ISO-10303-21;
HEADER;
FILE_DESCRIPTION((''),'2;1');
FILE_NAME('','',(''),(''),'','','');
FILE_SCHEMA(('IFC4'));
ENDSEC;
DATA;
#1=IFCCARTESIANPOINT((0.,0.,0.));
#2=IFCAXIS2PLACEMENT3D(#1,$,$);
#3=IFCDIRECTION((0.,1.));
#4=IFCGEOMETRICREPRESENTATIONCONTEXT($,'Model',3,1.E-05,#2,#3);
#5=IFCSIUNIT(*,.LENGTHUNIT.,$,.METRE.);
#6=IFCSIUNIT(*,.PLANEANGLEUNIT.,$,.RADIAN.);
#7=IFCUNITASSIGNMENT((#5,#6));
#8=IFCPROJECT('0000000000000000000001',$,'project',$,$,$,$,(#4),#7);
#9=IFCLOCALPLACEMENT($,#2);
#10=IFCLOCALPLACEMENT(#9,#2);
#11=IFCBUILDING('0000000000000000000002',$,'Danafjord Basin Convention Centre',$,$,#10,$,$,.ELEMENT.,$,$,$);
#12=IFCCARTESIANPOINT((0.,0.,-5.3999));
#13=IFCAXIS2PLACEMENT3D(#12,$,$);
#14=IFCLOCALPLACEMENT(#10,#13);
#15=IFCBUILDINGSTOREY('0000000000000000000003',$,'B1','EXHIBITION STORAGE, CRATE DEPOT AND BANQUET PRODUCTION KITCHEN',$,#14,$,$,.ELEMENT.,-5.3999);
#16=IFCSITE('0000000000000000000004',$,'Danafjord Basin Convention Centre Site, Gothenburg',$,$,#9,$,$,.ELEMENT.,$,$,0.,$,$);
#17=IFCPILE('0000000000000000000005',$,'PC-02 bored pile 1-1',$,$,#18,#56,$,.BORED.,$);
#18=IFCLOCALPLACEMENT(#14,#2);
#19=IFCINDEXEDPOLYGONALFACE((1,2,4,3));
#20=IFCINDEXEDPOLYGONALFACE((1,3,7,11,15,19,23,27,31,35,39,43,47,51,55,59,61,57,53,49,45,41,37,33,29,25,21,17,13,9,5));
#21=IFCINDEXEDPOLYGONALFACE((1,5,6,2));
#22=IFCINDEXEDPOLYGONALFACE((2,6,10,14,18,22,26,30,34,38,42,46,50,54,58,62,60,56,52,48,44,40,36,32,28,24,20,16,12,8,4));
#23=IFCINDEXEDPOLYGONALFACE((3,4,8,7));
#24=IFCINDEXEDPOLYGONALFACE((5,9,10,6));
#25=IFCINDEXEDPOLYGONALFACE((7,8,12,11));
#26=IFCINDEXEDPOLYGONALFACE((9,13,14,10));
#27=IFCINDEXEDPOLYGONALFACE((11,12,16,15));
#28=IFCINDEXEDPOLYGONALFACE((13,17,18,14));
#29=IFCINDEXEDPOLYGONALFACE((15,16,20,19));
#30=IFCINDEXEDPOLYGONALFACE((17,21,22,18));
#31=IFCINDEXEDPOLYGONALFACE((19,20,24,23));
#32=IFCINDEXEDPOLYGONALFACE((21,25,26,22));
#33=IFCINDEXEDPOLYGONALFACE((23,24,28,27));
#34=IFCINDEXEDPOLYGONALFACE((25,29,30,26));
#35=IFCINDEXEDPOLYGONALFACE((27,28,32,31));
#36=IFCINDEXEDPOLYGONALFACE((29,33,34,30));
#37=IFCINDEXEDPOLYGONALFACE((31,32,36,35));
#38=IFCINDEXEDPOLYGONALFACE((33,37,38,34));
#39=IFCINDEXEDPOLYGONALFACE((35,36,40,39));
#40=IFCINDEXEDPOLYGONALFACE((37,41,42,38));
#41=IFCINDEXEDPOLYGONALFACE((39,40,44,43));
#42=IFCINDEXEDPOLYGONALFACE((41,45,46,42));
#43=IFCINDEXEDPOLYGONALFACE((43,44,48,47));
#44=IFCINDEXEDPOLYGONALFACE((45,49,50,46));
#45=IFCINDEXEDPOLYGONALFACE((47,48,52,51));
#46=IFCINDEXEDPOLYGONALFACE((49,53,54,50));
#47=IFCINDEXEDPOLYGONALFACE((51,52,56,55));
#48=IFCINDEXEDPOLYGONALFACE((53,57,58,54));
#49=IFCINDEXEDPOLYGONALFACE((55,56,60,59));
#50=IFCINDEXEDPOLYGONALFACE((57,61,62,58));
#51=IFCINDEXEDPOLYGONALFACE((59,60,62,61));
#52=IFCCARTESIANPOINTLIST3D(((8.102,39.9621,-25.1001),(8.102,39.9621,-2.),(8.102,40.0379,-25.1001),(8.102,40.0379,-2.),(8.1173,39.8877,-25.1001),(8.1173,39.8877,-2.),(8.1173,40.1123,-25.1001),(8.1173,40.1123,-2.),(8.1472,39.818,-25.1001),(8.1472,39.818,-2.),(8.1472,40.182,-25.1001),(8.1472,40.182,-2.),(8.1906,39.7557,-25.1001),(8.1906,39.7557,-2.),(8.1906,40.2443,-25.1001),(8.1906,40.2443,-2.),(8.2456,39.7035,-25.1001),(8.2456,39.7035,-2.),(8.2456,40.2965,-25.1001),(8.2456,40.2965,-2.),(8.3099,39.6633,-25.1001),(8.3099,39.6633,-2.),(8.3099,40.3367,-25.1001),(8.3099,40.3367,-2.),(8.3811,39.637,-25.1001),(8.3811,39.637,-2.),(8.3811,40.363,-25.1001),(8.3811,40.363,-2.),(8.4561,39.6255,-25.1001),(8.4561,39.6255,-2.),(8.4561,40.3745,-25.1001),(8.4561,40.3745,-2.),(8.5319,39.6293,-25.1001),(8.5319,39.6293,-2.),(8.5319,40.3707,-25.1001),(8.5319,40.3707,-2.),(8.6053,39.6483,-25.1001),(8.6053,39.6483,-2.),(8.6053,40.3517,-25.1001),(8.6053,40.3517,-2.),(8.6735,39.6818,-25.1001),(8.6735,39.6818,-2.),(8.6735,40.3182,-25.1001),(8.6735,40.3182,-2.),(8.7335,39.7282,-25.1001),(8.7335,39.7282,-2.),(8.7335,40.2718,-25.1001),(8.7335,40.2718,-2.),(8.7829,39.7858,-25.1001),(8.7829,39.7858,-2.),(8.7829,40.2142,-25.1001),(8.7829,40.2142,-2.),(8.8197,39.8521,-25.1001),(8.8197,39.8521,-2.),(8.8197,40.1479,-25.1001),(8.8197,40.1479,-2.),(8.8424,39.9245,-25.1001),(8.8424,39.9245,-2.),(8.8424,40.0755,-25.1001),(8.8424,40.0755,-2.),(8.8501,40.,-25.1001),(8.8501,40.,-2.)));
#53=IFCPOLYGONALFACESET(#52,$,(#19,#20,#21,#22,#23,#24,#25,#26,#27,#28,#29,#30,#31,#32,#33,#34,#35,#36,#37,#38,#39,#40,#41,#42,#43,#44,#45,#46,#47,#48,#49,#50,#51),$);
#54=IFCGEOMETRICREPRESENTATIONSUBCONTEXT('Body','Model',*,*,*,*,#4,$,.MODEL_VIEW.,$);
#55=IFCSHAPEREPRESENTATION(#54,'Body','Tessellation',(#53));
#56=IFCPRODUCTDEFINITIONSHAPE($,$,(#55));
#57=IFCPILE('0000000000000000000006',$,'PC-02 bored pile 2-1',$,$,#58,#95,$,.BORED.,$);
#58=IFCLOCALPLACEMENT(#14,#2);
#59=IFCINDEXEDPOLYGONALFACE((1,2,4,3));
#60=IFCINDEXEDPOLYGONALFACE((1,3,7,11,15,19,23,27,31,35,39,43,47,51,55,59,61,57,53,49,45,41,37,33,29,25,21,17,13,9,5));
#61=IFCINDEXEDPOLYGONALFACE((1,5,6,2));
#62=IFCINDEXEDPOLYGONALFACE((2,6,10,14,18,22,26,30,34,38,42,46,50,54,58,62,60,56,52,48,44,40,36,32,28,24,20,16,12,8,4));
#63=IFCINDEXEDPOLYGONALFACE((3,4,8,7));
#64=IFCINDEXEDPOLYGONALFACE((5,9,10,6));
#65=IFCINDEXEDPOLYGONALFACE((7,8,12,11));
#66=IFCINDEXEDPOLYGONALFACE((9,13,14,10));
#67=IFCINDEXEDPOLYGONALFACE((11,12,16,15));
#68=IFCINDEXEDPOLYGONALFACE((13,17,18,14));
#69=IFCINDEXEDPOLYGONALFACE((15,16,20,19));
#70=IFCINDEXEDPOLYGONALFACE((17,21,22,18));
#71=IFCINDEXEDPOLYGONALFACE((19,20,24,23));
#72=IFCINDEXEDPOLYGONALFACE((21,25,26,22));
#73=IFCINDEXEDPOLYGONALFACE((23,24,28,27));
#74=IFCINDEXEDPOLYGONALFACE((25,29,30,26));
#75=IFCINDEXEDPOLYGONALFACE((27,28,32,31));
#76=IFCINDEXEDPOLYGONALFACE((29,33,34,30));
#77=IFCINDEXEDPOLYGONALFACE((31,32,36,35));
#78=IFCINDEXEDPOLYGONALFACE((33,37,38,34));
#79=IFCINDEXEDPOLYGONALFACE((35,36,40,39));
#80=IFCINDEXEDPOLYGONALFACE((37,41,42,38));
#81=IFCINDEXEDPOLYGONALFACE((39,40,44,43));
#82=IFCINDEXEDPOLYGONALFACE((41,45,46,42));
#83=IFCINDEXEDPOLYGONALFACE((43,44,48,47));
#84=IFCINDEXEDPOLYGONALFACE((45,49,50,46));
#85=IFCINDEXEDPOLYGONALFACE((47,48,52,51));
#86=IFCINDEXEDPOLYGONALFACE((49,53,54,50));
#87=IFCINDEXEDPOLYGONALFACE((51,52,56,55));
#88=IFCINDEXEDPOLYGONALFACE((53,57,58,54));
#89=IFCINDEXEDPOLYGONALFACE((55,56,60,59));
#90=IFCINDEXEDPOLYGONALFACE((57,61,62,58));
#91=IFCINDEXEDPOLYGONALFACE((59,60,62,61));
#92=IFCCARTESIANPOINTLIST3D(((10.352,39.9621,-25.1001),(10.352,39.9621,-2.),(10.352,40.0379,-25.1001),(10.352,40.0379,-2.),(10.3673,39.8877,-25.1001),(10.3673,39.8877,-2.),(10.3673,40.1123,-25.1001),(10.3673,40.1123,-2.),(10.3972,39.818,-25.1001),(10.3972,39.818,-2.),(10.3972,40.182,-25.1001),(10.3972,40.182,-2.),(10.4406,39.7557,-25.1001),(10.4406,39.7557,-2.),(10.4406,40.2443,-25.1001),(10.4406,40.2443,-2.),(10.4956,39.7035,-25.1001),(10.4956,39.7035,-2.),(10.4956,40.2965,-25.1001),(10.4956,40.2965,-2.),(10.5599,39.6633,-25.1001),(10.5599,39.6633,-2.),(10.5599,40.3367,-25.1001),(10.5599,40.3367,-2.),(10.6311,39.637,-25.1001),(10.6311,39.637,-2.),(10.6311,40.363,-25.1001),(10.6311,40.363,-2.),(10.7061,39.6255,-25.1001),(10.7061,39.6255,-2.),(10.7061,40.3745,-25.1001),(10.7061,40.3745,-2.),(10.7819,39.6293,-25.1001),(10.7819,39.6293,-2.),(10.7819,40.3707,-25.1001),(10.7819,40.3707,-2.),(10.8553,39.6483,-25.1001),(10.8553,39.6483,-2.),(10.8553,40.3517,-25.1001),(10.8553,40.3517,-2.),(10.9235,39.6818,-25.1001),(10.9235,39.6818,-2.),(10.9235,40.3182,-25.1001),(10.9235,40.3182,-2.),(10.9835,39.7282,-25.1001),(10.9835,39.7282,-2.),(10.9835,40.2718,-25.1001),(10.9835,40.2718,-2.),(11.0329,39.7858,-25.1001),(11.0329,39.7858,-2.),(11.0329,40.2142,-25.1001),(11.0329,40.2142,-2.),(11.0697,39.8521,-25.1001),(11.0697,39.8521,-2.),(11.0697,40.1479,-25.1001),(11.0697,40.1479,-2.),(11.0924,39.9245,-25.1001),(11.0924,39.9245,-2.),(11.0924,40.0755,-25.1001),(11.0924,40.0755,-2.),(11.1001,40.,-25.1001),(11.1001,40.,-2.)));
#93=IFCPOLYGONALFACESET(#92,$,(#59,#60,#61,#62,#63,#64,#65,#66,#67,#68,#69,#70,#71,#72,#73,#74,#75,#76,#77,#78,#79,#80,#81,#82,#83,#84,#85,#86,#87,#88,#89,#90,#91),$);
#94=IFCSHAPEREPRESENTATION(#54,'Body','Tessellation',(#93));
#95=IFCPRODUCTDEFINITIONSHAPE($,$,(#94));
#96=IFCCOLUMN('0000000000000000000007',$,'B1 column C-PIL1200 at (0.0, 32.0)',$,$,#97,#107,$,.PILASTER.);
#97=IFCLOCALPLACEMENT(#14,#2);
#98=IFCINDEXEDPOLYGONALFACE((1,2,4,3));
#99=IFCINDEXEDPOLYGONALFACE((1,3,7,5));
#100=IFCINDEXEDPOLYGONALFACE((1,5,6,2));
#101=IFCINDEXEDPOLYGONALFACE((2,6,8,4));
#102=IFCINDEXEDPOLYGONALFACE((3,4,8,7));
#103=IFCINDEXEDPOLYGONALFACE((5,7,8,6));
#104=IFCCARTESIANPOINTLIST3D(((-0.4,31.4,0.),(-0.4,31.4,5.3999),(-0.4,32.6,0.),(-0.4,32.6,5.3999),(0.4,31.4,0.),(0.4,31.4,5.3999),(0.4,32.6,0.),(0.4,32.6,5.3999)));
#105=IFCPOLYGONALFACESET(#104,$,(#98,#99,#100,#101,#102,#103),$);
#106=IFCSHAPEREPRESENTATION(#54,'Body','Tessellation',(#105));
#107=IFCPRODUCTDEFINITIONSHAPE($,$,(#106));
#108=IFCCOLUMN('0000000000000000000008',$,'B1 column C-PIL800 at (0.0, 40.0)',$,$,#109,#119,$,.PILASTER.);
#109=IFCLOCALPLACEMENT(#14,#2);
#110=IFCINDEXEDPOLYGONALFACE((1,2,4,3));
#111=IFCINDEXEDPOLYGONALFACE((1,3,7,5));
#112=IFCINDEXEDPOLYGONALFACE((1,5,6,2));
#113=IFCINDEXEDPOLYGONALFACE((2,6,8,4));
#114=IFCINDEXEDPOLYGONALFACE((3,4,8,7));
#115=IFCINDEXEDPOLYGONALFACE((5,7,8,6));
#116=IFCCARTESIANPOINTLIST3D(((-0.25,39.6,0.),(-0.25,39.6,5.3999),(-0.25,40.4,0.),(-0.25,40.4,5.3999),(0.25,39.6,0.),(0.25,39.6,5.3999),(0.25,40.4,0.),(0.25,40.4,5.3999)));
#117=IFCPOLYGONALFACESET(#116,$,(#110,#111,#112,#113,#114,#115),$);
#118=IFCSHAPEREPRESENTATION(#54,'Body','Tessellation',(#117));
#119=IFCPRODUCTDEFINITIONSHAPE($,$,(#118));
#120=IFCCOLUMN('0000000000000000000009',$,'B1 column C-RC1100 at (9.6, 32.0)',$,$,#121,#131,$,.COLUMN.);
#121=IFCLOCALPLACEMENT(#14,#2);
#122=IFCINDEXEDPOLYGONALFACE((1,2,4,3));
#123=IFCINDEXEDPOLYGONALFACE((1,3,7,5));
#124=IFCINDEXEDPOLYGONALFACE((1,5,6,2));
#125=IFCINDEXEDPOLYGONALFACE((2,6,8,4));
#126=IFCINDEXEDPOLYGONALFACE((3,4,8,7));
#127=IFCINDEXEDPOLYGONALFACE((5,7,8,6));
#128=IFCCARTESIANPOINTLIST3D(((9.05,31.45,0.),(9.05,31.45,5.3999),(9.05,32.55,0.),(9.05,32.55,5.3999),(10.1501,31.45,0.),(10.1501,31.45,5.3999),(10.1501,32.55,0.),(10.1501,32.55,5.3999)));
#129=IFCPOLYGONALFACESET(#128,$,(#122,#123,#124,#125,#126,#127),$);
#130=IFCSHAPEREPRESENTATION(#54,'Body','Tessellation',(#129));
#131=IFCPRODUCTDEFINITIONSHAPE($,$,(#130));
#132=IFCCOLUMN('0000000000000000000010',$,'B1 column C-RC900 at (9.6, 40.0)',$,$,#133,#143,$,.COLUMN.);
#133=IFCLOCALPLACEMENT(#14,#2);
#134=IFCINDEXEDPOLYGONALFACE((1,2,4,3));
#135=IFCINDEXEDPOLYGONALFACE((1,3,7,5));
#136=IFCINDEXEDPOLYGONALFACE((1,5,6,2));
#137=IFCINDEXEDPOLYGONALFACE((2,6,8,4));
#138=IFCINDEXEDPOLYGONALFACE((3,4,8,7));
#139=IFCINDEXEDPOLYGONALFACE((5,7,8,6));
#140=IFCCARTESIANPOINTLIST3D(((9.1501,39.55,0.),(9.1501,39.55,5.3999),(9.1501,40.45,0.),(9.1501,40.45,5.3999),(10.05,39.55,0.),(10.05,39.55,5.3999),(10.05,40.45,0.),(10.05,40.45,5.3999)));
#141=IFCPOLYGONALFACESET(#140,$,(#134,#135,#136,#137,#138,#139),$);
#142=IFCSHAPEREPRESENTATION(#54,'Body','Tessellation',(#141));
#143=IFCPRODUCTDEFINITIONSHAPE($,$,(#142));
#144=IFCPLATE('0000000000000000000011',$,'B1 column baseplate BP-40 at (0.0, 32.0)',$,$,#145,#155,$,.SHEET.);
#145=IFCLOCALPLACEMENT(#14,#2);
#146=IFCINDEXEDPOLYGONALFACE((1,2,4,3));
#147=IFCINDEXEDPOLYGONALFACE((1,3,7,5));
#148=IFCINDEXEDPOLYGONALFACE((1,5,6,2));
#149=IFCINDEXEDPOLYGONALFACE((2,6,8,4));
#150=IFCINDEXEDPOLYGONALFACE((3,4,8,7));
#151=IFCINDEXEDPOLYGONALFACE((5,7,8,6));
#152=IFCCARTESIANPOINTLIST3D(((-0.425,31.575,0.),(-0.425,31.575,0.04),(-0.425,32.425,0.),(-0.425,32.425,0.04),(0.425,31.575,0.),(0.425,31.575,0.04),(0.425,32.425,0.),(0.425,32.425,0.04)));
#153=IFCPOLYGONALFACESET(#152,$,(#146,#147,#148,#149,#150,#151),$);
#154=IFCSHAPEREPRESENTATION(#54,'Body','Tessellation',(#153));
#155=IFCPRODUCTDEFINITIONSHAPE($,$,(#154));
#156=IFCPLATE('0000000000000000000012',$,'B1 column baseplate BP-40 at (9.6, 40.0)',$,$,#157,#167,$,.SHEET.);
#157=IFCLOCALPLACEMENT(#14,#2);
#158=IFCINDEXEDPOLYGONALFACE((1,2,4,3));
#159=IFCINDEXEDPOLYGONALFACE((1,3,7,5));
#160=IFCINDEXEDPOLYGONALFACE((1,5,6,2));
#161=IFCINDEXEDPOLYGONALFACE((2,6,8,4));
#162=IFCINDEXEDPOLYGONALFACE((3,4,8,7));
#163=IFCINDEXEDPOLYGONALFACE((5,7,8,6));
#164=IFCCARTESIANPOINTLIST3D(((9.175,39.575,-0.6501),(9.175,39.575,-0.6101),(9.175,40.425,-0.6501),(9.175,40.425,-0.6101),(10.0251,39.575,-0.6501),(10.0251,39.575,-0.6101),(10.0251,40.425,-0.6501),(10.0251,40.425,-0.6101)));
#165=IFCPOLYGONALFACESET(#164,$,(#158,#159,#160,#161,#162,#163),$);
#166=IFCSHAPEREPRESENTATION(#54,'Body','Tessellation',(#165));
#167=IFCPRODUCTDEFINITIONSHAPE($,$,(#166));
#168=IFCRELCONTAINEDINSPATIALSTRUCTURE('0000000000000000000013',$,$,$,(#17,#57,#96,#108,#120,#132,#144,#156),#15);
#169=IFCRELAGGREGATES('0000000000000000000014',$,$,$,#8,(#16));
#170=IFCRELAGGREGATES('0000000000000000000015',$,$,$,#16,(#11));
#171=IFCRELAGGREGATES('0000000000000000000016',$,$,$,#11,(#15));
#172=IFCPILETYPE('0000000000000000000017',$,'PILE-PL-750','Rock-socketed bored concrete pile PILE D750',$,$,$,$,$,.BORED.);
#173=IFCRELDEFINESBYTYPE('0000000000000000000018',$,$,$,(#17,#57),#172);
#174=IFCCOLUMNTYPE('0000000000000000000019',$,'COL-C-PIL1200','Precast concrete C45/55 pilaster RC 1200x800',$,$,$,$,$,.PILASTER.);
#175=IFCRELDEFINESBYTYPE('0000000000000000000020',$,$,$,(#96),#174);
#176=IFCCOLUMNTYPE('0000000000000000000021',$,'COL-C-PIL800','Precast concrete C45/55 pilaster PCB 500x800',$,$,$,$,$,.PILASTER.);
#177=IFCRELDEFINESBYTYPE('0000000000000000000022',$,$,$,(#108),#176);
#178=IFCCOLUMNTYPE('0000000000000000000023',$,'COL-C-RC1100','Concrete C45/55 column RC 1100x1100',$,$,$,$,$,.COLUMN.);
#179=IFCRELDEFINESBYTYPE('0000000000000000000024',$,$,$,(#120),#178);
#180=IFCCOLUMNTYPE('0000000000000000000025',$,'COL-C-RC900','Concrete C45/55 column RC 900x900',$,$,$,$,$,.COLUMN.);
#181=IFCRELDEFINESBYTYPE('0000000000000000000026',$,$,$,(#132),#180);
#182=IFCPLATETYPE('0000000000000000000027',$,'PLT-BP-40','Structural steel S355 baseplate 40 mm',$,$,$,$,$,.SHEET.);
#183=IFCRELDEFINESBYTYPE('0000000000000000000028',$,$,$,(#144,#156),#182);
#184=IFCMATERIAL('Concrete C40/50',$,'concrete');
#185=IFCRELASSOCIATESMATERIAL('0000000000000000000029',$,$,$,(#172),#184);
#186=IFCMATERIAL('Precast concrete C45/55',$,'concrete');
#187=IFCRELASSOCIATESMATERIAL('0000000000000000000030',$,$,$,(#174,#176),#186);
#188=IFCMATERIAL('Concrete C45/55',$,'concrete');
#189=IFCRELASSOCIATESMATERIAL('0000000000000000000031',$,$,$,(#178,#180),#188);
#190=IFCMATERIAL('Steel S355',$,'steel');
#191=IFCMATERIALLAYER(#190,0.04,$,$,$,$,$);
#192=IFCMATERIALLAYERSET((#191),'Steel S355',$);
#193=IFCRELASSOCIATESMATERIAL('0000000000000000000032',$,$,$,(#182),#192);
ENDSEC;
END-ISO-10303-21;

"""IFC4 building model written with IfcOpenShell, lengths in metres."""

from ifc_helpers import new_model, si_unit, direction, frame, origin, origin_2d, place, context, subcontext, project, spatial, rectangle, circle, extrude, material, layer, layer_set, material_profile, profile_set, type_object, element, save


model = new_model("IFC4")

# Units and contexts
model_context = context("Model", 3, precision=1e-05, world=origin(), true_north=direction((0.0, 1.0)))
body_context = subcontext(model_context, "Body", "Model", "MODEL_VIEW")
ifc_project = project(units=[si_unit("LENGTHUNIT", "METRE"), si_unit("PLANEANGLEUNIT", "RADIAN")], contexts=[model_context])

# Site, building, storey
site_placement = place(None, origin())
site = spatial("IfcSite", under=ifc_project, at=site_placement, Name="Danafjord Basin Convention Centre Site, Gothenburg", CompositionType="ELEMENT", RefElevation=0.0)
building_placement = place(site_placement, origin())
building = spatial("IfcBuilding", under=site, at=building_placement, Name="Danafjord Basin Convention Centre", CompositionType="ELEMENT")
storey_placement = place(building_placement, frame((0.0, 0.0, -5.3999)))
storey = spatial("IfcBuildingStorey", under=building, at=storey_placement, Name="B1", Description="EXHIBITION STORAGE, CRATE DEPOT AND BANQUET PRODUCTION KITCHEN", CompositionType="ELEMENT", Elevation=-5.3999)

# Shared definitions
ifc_material_1 = material(Name="Concrete C40/50", Category="concrete")

# Piles
ifc_material_profile_1 = material_profile(ifc_material_1, circle(Radius=0.375, at=origin_2d()), Name="PILE D750")
ifc_profile_set_1 = profile_set([ifc_material_profile_1], Name="Concrete C40/50")
pile_type_1 = type_object("IfcPileType", Name="PILE-PL-750", Description="Rock-socketed bored concrete pile PILE D750", PredefinedType="BORED", material=ifc_profile_set_1)
for number, where, z_axis, x_axis, name in (
    (1, (8.4751, 40.0, -2.0), (0.0, 0.0, -1.0), (1.0, 0.0, 0.0), "PC-02 bored pile 1-1"),
    (2, (10.7251, 40.0, -2.0), (0.0, 0.0, -1.0), (1.0, 0.0, 0.0), "PC-02 bored pile 2-1"),
):
    element("IfcPile", number, at=place(storey_placement, frame(where, z_axis=z_axis, x_axis=x_axis)), inside=storey, type_object=pile_type_1, Name=name, PredefinedType="BORED", context=body_context, shape_type="SweptSolid", body=[
        extrude(circle(Radius=0.375, at=origin_2d()), origin(), (0.0, 0.0, 1.0), 23.1001),
    ])

# Columns
ifc_material_2 = material(Name="Precast concrete C45/55", Category="concrete")
ifc_material_profile_2 = material_profile(ifc_material_2, rectangle(XDim=0.8, YDim=1.2, at=origin_2d()), Name="RC 1200x800")
ifc_profile_set_2 = profile_set([ifc_material_profile_2], Name="Precast concrete C45/55")
column_type_1 = type_object("IfcColumnType", Name="COL-C-PIL1200", Description="Precast concrete C45/55 pilaster RC 1200x800", PredefinedType="PILASTER", material=ifc_profile_set_2)
column_1_placement = place(storey_placement, frame((0.0, 32.0, 0.0), z_axis=(0.0, 0.0, 1.0), x_axis=(1.0, 0.0, 0.0)))
element("IfcColumn", 3, at=column_1_placement, inside=storey, type_object=column_type_1, Name="B1 column C-PIL1200 at (0.0, 32.0)", PredefinedType="PILASTER", context=body_context, shape_type="SweptSolid", body=[
    extrude(rectangle(XDim=0.8, YDim=1.2, at=origin_2d()), origin(), (0.0, 0.0, 1.0), 5.3999),
])
ifc_material_profile_3 = material_profile(ifc_material_2, rectangle(XDim=0.5, YDim=0.8, at=origin_2d()), Name="PCB 500x800")
ifc_profile_set_3 = profile_set([ifc_material_profile_3], Name="Precast concrete C45/55")
column_type_2 = type_object("IfcColumnType", Name="COL-C-PIL800", Description="Precast concrete C45/55 pilaster PCB 500x800", PredefinedType="PILASTER", material=ifc_profile_set_3)
column_2_placement = place(storey_placement, frame((0.0, 40.0, 0.0), z_axis=(0.0, 0.0, 1.0), x_axis=(1.0, 0.0, 0.0)))
element("IfcColumn", 4, at=column_2_placement, inside=storey, type_object=column_type_2, Name="B1 column C-PIL800 at (0.0, 40.0)", PredefinedType="PILASTER", context=body_context, shape_type="SweptSolid", body=[
    extrude(rectangle(XDim=0.5, YDim=0.8, at=origin_2d()), origin(), (0.0, 0.0, 1.0), 5.3999),
])
ifc_material_3 = material(Name="Concrete C45/55", Category="concrete")
ifc_material_profile_4 = material_profile(ifc_material_3, rectangle(XDim=1.1001, YDim=1.1001, at=origin_2d()), Name="RC 1100x1100")
ifc_profile_set_4 = profile_set([ifc_material_profile_4], Name="Concrete C45/55")
column_type_3 = type_object("IfcColumnType", Name="COL-C-RC1100", Description="Concrete C45/55 column RC 1100x1100", PredefinedType="COLUMN", material=ifc_profile_set_4)
column_3_placement = place(storey_placement, frame((9.6001, 32.0, 0.0), z_axis=(0.0, 0.0, 1.0), x_axis=(1.0, 0.0, 0.0)))
element("IfcColumn", 5, at=column_3_placement, inside=storey, type_object=column_type_3, Name="B1 column C-RC1100 at (9.6, 32.0)", PredefinedType="COLUMN", context=body_context, shape_type="SweptSolid", body=[
    extrude(rectangle(XDim=1.1001, YDim=1.1001, at=origin_2d()), origin(), (0.0, 0.0, 1.0), 5.3999),
])
ifc_material_profile_5 = material_profile(ifc_material_3, rectangle(XDim=0.8999, YDim=0.8999, at=origin_2d()), Name="RC 900x900")
ifc_profile_set_5 = profile_set([ifc_material_profile_5], Name="Concrete C45/55")
column_type_4 = type_object("IfcColumnType", Name="COL-C-RC900", Description="Concrete C45/55 column RC 900x900", PredefinedType="COLUMN", material=ifc_profile_set_5)
column_4_placement = place(storey_placement, frame((9.6001, 40.0, 0.0), z_axis=(0.0, 0.0, 1.0), x_axis=(1.0, 0.0, 0.0)))
element("IfcColumn", 6, at=column_4_placement, inside=storey, type_object=column_type_4, Name="B1 column C-RC900 at (9.6, 40.0)", PredefinedType="COLUMN", context=body_context, shape_type="SweptSolid", body=[
    extrude(rectangle(XDim=0.8999, YDim=0.8999, at=origin_2d()), origin(), (0.0, 0.0, 1.0), 5.3999),
])

# Plates
ifc_material_4 = material(Name="Steel S355", Category="steel")
ifc_layer = layer(ifc_material_4, 0.04)
ifc_layer_set = layer_set([ifc_layer], Name="Steel S355")
plate_type = type_object("IfcPlateType", Name="PLT-BP-40", Description="Structural steel S355 baseplate 40 mm", PredefinedType="SHEET", material=ifc_layer_set)
for number, where, z_axis, x_axis, name in (
    (7, (0.0, 32.0, 0.0), (0.0, 0.0, 1.0), (1.0, 0.0, 0.0), "B1 column baseplate BP-40 at (0.0, 32.0)"),
    (8, (9.6001, 40.0, -0.6501), (0.0, 0.0, 1.0), (1.0, 0.0, 0.0), "B1 column baseplate BP-40 at (9.6, 40.0)"),
):
    element("IfcPlate", number, at=place(storey_placement, frame(where, z_axis=z_axis, x_axis=x_axis)), inside=storey, type_object=plate_type, Name=name, PredefinedType="SHEET", context=body_context, shape_type="SweptSolid", body=[
        extrude(rectangle(XDim=0.8501, YDim=0.8501, at=origin_2d()), origin(), (0.0, 0.0, 1.0), 0.04),
    ])

save(model, "model.ifc")
